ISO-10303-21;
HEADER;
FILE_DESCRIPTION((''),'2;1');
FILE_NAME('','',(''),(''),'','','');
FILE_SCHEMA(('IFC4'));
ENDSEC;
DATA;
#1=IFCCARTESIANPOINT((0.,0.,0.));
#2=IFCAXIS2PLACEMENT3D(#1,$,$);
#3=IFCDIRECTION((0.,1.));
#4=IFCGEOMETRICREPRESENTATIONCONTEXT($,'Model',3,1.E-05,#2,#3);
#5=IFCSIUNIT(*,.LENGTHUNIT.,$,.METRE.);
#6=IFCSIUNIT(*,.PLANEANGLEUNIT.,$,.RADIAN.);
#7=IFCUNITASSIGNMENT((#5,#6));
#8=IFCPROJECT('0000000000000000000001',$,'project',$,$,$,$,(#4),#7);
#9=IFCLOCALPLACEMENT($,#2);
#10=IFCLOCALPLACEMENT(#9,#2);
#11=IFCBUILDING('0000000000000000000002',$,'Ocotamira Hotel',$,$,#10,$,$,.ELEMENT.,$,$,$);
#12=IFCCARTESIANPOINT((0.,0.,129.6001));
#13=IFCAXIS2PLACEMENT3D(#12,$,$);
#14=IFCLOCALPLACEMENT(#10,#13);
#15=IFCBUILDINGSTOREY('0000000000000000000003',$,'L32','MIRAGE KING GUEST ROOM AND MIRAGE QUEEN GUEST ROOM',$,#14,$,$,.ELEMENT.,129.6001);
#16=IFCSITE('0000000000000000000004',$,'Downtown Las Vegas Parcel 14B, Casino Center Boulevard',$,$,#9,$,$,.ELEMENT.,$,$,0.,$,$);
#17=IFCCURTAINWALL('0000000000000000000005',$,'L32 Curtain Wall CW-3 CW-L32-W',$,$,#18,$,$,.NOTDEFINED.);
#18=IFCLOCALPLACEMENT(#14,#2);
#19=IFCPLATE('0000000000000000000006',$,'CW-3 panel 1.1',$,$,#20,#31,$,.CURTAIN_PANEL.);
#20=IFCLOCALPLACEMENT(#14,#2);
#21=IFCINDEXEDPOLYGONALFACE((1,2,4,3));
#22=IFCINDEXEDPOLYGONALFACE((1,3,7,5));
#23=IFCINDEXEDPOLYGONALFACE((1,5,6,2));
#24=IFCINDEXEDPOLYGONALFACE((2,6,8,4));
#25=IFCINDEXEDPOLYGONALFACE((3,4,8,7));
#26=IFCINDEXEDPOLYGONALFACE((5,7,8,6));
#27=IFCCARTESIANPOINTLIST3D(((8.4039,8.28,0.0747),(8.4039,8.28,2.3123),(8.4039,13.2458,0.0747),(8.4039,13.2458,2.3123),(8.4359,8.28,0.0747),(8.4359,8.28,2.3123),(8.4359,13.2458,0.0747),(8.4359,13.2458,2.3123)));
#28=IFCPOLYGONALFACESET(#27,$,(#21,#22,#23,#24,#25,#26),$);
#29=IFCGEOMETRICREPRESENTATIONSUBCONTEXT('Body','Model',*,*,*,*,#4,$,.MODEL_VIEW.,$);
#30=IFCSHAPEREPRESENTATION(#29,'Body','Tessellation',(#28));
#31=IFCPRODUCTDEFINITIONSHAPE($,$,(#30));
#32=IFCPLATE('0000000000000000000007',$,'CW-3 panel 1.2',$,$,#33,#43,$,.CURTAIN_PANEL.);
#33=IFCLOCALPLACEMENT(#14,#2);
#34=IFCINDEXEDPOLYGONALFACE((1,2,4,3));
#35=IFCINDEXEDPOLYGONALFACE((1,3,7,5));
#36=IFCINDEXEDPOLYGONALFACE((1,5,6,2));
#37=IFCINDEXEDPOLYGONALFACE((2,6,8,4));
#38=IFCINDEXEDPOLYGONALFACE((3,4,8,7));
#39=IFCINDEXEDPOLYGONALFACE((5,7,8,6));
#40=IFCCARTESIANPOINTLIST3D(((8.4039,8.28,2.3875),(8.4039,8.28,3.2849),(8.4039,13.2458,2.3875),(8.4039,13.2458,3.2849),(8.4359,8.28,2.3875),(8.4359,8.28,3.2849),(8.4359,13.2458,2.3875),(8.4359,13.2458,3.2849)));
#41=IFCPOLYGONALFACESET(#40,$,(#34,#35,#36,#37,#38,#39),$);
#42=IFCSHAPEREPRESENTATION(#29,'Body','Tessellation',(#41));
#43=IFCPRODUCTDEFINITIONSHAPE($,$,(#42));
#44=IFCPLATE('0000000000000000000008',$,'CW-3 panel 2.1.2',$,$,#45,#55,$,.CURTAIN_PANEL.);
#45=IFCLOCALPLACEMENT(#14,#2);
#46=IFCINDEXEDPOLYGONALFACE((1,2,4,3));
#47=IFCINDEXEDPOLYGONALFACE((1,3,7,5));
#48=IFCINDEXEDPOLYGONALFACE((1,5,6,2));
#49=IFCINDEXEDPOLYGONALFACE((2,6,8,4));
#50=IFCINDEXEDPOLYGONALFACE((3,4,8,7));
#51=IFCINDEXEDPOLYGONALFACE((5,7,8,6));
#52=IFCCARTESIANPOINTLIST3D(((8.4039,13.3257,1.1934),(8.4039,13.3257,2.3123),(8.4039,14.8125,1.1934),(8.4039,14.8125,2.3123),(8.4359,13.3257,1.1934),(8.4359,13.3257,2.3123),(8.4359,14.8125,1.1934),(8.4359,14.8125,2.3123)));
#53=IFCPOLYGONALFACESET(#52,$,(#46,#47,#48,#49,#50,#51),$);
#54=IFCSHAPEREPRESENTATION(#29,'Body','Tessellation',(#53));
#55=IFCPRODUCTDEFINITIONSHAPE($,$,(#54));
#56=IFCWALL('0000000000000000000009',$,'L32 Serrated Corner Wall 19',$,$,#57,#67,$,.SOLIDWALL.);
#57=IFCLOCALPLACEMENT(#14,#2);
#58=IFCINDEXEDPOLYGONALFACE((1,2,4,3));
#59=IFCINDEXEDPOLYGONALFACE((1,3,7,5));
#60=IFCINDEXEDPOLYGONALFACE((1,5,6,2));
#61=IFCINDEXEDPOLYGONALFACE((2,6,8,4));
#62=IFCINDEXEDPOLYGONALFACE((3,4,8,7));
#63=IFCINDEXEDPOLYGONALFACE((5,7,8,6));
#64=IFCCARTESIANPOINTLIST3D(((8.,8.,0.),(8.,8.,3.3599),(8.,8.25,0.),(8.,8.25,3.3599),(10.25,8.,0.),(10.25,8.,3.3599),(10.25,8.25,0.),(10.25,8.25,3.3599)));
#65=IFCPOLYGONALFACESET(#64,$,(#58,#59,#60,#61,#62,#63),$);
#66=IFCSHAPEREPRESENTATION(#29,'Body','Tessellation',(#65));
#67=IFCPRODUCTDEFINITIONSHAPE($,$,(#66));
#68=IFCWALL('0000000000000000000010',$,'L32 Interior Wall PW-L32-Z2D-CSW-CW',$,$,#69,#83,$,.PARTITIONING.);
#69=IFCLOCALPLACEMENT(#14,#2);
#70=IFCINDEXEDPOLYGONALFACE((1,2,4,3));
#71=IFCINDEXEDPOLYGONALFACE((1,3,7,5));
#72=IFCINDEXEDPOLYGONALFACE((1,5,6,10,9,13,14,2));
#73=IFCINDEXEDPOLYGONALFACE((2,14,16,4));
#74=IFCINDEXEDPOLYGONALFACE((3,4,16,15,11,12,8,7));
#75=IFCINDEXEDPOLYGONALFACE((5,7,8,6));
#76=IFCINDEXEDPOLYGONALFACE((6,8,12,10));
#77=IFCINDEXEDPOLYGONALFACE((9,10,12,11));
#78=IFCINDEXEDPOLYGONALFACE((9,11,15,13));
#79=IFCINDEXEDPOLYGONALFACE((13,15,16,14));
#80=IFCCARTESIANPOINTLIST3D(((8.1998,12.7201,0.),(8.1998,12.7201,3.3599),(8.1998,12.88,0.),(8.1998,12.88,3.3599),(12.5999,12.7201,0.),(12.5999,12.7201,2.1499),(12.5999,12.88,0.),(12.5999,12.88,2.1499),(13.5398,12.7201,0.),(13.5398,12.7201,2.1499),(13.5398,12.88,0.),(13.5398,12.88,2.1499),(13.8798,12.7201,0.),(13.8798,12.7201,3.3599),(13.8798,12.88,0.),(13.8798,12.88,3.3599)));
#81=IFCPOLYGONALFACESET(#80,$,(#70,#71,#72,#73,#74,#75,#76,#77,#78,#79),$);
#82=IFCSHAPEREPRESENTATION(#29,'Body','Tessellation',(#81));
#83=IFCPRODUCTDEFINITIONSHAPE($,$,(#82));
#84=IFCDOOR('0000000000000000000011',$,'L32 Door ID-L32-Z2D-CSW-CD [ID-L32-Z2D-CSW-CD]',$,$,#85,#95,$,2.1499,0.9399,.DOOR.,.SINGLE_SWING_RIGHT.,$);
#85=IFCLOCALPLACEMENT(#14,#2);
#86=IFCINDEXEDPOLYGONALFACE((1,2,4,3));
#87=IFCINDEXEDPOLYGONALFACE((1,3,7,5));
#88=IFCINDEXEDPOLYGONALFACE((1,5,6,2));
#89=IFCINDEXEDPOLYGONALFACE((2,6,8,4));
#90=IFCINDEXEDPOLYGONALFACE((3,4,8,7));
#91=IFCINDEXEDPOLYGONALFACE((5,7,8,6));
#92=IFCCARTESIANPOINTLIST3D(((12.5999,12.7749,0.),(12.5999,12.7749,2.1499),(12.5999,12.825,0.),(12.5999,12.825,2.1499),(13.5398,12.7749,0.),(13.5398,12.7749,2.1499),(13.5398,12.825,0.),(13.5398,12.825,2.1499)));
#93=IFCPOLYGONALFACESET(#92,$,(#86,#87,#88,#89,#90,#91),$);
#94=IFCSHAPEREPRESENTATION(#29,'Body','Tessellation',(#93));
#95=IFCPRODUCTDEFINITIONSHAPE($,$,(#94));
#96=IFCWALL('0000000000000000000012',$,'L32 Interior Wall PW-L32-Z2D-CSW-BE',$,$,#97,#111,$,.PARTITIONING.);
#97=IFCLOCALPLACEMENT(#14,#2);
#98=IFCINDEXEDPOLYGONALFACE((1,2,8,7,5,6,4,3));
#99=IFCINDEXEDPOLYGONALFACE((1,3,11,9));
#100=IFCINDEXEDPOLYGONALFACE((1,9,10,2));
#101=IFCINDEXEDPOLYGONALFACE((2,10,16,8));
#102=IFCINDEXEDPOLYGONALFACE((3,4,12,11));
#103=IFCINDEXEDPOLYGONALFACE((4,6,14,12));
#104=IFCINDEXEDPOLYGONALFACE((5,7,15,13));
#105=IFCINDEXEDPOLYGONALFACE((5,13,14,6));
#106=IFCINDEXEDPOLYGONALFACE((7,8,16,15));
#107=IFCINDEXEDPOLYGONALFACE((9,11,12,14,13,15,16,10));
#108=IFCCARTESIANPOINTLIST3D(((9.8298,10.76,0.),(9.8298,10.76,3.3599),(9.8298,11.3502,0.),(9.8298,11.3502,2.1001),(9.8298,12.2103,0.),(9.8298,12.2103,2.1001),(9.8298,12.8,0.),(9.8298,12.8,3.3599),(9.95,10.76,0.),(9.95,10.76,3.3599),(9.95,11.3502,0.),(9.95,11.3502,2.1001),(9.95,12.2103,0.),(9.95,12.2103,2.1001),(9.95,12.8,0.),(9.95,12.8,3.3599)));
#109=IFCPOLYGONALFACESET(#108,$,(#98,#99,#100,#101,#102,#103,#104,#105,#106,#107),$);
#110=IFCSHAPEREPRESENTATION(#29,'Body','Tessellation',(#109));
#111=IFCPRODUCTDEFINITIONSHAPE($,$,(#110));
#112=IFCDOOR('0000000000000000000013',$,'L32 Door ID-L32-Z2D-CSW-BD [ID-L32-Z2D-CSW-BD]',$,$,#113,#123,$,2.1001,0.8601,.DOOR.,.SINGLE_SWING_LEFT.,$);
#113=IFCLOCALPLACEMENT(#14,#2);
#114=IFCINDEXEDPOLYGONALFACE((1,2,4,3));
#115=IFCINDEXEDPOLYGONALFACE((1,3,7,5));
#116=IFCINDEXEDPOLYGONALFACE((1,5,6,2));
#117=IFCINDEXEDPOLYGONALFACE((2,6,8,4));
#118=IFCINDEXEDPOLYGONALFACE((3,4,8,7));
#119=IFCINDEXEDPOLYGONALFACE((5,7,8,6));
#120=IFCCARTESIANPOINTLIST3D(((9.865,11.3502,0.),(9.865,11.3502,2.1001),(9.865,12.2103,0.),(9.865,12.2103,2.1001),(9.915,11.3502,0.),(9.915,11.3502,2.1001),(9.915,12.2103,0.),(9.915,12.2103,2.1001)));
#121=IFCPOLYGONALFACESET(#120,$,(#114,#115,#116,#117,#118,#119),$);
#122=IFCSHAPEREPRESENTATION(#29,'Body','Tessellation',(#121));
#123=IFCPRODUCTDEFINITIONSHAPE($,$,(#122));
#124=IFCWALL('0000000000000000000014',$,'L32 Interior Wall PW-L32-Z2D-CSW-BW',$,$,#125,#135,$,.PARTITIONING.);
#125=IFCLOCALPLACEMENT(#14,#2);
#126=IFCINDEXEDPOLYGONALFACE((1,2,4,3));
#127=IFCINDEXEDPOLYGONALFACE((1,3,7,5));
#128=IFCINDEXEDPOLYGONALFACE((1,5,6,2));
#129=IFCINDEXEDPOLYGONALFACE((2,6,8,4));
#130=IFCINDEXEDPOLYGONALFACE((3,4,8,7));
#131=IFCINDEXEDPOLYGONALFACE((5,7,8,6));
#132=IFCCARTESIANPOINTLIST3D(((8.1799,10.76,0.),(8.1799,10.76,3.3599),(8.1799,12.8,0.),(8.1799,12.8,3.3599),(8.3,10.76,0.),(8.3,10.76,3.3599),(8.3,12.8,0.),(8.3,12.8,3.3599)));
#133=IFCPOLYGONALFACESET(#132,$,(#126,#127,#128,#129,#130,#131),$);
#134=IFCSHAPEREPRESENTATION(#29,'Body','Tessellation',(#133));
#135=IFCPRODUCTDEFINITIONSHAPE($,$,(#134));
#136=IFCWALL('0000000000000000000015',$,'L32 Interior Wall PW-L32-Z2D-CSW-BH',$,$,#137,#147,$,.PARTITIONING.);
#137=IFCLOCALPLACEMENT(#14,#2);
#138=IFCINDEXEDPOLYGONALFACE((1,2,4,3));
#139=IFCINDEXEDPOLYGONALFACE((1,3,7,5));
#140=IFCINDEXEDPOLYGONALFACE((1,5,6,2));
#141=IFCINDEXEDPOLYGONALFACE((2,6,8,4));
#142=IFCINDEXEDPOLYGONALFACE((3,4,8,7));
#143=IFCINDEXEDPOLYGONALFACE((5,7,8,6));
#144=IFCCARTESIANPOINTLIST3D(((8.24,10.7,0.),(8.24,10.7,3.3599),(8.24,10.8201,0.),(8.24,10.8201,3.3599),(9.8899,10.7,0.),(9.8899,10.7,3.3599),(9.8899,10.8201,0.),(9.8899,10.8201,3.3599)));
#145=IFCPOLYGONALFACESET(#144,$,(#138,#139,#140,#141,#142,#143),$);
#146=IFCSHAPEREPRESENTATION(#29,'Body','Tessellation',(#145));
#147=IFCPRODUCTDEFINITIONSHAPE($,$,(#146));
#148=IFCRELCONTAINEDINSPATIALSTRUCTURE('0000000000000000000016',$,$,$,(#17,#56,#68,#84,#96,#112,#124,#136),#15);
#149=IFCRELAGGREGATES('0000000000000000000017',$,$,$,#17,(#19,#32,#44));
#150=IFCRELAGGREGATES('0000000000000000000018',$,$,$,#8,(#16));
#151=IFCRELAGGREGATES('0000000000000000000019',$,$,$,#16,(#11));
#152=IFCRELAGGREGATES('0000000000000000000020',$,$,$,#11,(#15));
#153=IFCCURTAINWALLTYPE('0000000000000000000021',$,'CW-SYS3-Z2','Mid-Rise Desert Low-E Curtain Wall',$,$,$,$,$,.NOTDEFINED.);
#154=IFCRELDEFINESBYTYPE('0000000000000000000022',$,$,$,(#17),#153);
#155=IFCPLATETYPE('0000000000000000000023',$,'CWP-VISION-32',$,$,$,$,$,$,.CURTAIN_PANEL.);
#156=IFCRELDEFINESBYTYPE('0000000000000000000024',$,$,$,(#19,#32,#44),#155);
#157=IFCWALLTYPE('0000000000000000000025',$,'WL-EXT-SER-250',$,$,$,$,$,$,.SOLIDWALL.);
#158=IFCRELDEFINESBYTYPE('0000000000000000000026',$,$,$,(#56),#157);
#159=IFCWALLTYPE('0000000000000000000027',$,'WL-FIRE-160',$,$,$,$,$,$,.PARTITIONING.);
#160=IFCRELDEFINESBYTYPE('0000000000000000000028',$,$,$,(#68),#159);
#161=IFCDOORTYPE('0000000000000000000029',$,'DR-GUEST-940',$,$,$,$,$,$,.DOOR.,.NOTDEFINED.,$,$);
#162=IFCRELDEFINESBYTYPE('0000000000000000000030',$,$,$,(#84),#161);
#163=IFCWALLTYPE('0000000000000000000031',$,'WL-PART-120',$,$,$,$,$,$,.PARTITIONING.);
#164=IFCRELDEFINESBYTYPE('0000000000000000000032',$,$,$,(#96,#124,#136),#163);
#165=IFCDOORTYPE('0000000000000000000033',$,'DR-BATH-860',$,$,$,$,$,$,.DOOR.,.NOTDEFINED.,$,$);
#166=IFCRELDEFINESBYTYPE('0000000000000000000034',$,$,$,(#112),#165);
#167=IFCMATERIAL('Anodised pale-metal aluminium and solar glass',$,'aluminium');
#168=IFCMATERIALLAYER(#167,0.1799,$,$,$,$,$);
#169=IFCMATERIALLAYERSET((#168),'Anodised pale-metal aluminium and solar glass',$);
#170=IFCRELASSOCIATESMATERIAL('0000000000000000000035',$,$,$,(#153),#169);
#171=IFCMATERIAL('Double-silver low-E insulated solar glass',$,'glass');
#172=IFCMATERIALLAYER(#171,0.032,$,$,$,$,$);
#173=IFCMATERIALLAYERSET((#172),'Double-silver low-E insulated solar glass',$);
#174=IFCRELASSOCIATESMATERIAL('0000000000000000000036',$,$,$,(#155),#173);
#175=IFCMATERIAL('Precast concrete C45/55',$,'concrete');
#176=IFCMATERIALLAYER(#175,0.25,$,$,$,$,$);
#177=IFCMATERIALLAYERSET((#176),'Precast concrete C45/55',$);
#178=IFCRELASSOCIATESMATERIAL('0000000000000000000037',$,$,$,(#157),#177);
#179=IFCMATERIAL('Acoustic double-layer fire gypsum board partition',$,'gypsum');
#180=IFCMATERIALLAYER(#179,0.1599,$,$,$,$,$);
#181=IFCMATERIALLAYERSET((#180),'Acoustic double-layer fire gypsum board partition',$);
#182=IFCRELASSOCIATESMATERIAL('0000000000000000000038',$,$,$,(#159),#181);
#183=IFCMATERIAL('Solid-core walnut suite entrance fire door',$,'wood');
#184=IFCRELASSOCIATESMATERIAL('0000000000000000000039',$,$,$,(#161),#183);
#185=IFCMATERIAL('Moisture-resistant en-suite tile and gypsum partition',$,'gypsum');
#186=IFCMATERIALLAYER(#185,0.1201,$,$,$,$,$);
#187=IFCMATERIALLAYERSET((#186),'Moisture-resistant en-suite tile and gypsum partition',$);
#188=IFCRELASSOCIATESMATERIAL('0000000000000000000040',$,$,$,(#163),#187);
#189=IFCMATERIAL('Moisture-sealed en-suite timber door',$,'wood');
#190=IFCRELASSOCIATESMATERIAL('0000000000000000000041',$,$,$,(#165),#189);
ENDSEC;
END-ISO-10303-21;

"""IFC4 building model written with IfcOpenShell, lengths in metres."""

from ifc_helpers import new_model, si_unit, direction, frame, frame_2d, origin, origin_2d, place, context, subcontext, project, spatial, rectangle, extrude, source, transform, mapped, material, layer, layer_set, type_object, element, fill, aggregate, save


model = new_model("IFC4")

# Units and contexts
model_context = context("Model", 3, precision=1e-05, world=origin(), true_north=direction((0.0, 1.0)))
body_context = subcontext(model_context, "Body", "Model", "MODEL_VIEW")
ifc_project = project(units=[si_unit("LENGTHUNIT", "METRE"), si_unit("PLANEANGLEUNIT", "RADIAN")], contexts=[model_context])

# Site, building, storey
site_placement = place(None, origin())
site = spatial("IfcSite", under=ifc_project, at=site_placement, Name="Downtown Las Vegas Parcel 14B, Casino Center Boulevard", CompositionType="ELEMENT", RefElevation=0.0)
building_placement = place(site_placement, origin())
building = spatial("IfcBuilding", under=site, at=building_placement, Name="Ocotamira Hotel", CompositionType="ELEMENT")
storey_placement = place(building_placement, frame((0.0, 0.0, 129.6001)))
storey = spatial("IfcBuildingStorey", under=building, at=storey_placement, Name="L32", Description="MIRAGE KING GUEST ROOM AND MIRAGE QUEEN GUEST ROOM", CompositionType="ELEMENT", Elevation=129.6001)

# Curtain wall
ifc_material_1 = material(Name="Anodised pale-metal aluminium and solar glass", Category="aluminium")
ifc_layer_1 = layer(ifc_material_1, 0.1799)
ifc_layer_set_1 = layer_set([ifc_layer_1], Name="Anodised pale-metal aluminium and solar glass")
curtain_wall_type = type_object("IfcCurtainWallType", Name="CW-SYS3-Z2", Description="Mid-Rise Desert Low-E Curtain Wall", PredefinedType="NOTDEFINED", material=ifc_layer_set_1)
curtain_wall_placement = place(storey_placement, origin())
curtain_wall = element("IfcCurtainWall", 1, at=curtain_wall_placement, inside=storey, type_object=curtain_wall_type, Name="L32 Curtain Wall CW-3 CW-L32-W", PredefinedType="NOTDEFINED")

# Plates
ifc_material_2 = material(Name="Double-silver low-E insulated solar glass", Category="glass")
ifc_layer_2 = layer(ifc_material_2, 0.032)
ifc_layer_set_2 = layer_set([ifc_layer_2], Name="Double-silver low-E insulated solar glass")
plate_type_1 = type_object("IfcPlateType", Name="CWP-VISION-32", PredefinedType="CURTAIN_PANEL", material=ifc_layer_set_2)
shared_shape_1 = source(origin(), body_context, "Body", "SweptSolid", [
    extrude(rectangle(XDim=4.9658, YDim=0.032, at=origin_2d()), origin(), (0.0, 0.0, 1.0), 2.2375),
])
plate_1_placement = place(storey_placement, frame((8.4199, 10.7629, 0.0747), z_axis=(0.0, 0.0, 1.0), x_axis=(0.0, 1.0, 0.0)))
plate_1 = element("IfcPlate", 2, at=plate_1_placement, type_object=plate_type_1, Name="CW-3 panel 1.1", PredefinedType="CURTAIN_PANEL", context=body_context, shape_type="MappedRepresentation", body=[
    mapped(shared_shape_1, transform((0.0, 0.0, 0.0), scale=1.0)),
])
shared_shape_2 = source(origin(), body_context, "Body", "SweptSolid", [
    extrude(rectangle(XDim=4.9658, YDim=0.032, at=origin_2d()), origin(), (0.0, 0.0, 1.0), 0.8975),
])
plate_2_placement = place(storey_placement, frame((8.4199, 10.7629, 2.3875), z_axis=(0.0, 0.0, 1.0), x_axis=(0.0, 1.0, 0.0)))
plate_2 = element("IfcPlate", 3, at=plate_2_placement, type_object=plate_type_1, Name="CW-3 panel 1.2", PredefinedType="CURTAIN_PANEL", context=body_context, shape_type="MappedRepresentation", body=[
    mapped(shared_shape_2, transform((0.0, 0.0, 0.0), scale=1.0)),
])
shared_shape_3 = source(origin(), body_context, "Body", "SweptSolid", [
    extrude(rectangle(XDim=1.4868, YDim=0.032, at=origin_2d()), origin(), (0.0, 0.0, 1.0), 1.1189),
])
plate_3_placement = place(storey_placement, frame((8.4199, 14.0691, 1.1934), z_axis=(0.0, 0.0, 1.0), x_axis=(0.0, 1.0, 0.0)))
plate_3 = element("IfcPlate", 4, at=plate_3_placement, type_object=plate_type_1, Name="CW-3 panel 2.1.2", PredefinedType="CURTAIN_PANEL", context=body_context, shape_type="MappedRepresentation", body=[
    mapped(shared_shape_3, transform((0.0, 0.0, 0.0), scale=1.0)),
])
aggregate(curtain_wall, [plate_1, plate_2, plate_3])

# Wall
ifc_material_3 = material(Name="Precast concrete C45/55", Category="concrete")
ifc_layer_3 = layer(ifc_material_3, 0.25)
ifc_layer_set_3 = layer_set([ifc_layer_3], Name="Precast concrete C45/55")
wall_type_1 = type_object("IfcWallType", Name="WL-EXT-SER-250", PredefinedType="SOLIDWALL", material=ifc_layer_set_3)
wall_1_placement = place(storey_placement, frame((8.0, 8.125, 0.0), z_axis=(0.0, 0.0, 1.0), x_axis=(1.0, 0.0, 0.0)))
element("IfcWall", 5, at=wall_1_placement, inside=storey, type_object=wall_type_1, Name="L32 Serrated Corner Wall 19", PredefinedType="SOLIDWALL", context=body_context, shape_type="SweptSolid", body=[
    extrude(rectangle(XDim=2.25, YDim=0.25, at=frame_2d((1.125, 0.0))), origin(), (0.0, 0.0, 1.0), 3.3599),
])

# Walls, openings, doors
ifc_material_4 = material(Name="Acoustic double-layer fire gypsum board partition", Category="gypsum")
ifc_layer_4 = layer(ifc_material_4, 0.1599)
ifc_layer_set_4 = layer_set([ifc_layer_4], Name="Acoustic double-layer fire gypsum board partition")
wall_type_2 = type_object("IfcWallType", Name="WL-FIRE-160", PredefinedType="PARTITIONING", material=ifc_layer_set_4)
wall_2_placement = place(storey_placement, frame((8.2, 12.8, 0.0), z_axis=(0.0, 0.0, 1.0), x_axis=(1.0, 0.0, 0.0)))
wall_2 = element("IfcWall", 6, at=wall_2_placement, inside=storey, type_object=wall_type_2, Name="L32 Interior Wall PW-L32-Z2D-CSW-CW", PredefinedType="PARTITIONING", context=body_context, shape_type="SweptSolid", body=[
    extrude(rectangle(XDim=5.6799, YDim=0.1599, at=frame_2d((2.8398, 0.0))), origin(), (0.0, 0.0, 1.0), 3.3599),
])
opening_1_placement = place(wall_2_placement, frame((4.3999, 0.0, 0.0)))
opening_1 = element("IfcOpeningElement", 7, at=opening_1_placement, cuts=wall_2, PredefinedType="OPENING", context=body_context, shape_type="SweptSolid", body=[
    extrude(rectangle(XDim=0.9399, YDim=2.1499, at=frame_2d((0.47, 1.075))), frame((0.0, 0.0898, 0.0), z_axis=(0.0, -1.0, 0.0), x_axis=(1.0, 0.0, 0.0)), (0.0, 0.0, 1.0), 0.1799),
])
ifc_material_5 = material(Name="Solid-core walnut suite entrance fire door", Category="wood")
door_type_1 = type_object("IfcDoorType", Name="DR-GUEST-940", OperationType="NOTDEFINED", PredefinedType="DOOR", material=ifc_material_5)
shared_shape_4 = source(origin(), body_context, "Body", "SweptSolid", [
    extrude(rectangle(XDim=0.9399, YDim=2.1499, at=frame_2d((0.47, 1.075))), frame((0.0, 0.0249, 0.0), z_axis=(0.0, -1.0, 0.0), x_axis=(1.0, 0.0, 0.0)), (0.0, 0.0, 1.0), 0.05),
])
door_1_placement = place(opening_1_placement, origin())
door_1 = element("IfcDoor", 8, at=door_1_placement, inside=storey, type_object=door_type_1, Name="L32 Door ID-L32-Z2D-CSW-CD [ID-L32-Z2D-CSW-CD]", OperationType="SINGLE_SWING_RIGHT", OverallHeight=2.1499, OverallWidth=0.9399, PredefinedType="DOOR", context=body_context, shape_type="MappedRepresentation", body=[
    mapped(shared_shape_4, transform((0.0, 0.0, 0.0), scale=1.0)),
])
fill(opening_1, door_1)
ifc_material_6 = material(Name="Moisture-resistant en-suite tile and gypsum partition", Category="gypsum")
ifc_layer_5 = layer(ifc_material_6, 0.1201)
ifc_layer_set_5 = layer_set([ifc_layer_5], Name="Moisture-resistant en-suite tile and gypsum partition")
wall_type_3 = type_object("IfcWallType", Name="WL-PART-120", PredefinedType="PARTITIONING", material=ifc_layer_set_5)
wall_3_placement = place(storey_placement, frame((9.8899, 10.76, 0.0), z_axis=(0.0, 0.0, 1.0), x_axis=(0.0, 1.0, 0.0)))
wall_3 = element("IfcWall", 9, at=wall_3_placement, inside=storey, type_object=wall_type_3, Name="L32 Interior Wall PW-L32-Z2D-CSW-BE", PredefinedType="PARTITIONING", context=body_context, shape_type="SweptSolid", body=[
    extrude(rectangle(XDim=2.04, YDim=0.1201, at=frame_2d((1.02, 0.0))), origin(), (0.0, 0.0, 1.0), 3.3599),
])
opening_2_placement = place(wall_3_placement, frame((0.5901, 0.0, 0.0)))
opening_2 = element("IfcOpeningElement", 10, at=opening_2_placement, cuts=wall_3, PredefinedType="OPENING", context=body_context, shape_type="SweptSolid", body=[
    extrude(rectangle(XDim=0.8601, YDim=2.1001, at=frame_2d((0.4302, 1.05))), frame((0.0, 0.0701, 0.0), z_axis=(0.0, -1.0, 0.0), x_axis=(1.0, 0.0, 0.0)), (0.0, 0.0, 1.0), 0.1401),
])
ifc_material_7 = material(Name="Moisture-sealed en-suite timber door", Category="wood")
door_type_2 = type_object("IfcDoorType", Name="DR-BATH-860", OperationType="NOTDEFINED", PredefinedType="DOOR", material=ifc_material_7)
shared_shape_5 = source(origin(), body_context, "Body", "SweptSolid", [
    extrude(rectangle(XDim=0.8601, YDim=2.1001, at=frame_2d((0.4302, 1.05))), frame((0.0, 0.0249, 0.0), z_axis=(0.0, -1.0, 0.0), x_axis=(1.0, 0.0, 0.0)), (0.0, 0.0, 1.0), 0.05),
])
door_2_placement = place(opening_2_placement, origin())
door_2 = element("IfcDoor", 11, at=door_2_placement, inside=storey, type_object=door_type_2, Name="L32 Door ID-L32-Z2D-CSW-BD [ID-L32-Z2D-CSW-BD]", OperationType="SINGLE_SWING_LEFT", OverallHeight=2.1001, OverallWidth=0.8601, PredefinedType="DOOR", context=body_context, shape_type="MappedRepresentation", body=[
    mapped(shared_shape_5, transform((0.0, 0.0, 0.0), scale=1.0)),
])
fill(opening_2, door_2)

# Walls
wall_4_placement = place(storey_placement, frame((8.24, 10.76, 0.0), z_axis=(0.0, 0.0, 1.0), x_axis=(0.0, 1.0, 0.0)))
element("IfcWall", 12, at=wall_4_placement, inside=storey, type_object=wall_type_3, Name="L32 Interior Wall PW-L32-Z2D-CSW-BW", PredefinedType="PARTITIONING", context=body_context, shape_type="SweptSolid", body=[
    extrude(rectangle(XDim=2.04, YDim=0.1201, at=frame_2d((1.02, 0.0))), origin(), (0.0, 0.0, 1.0), 3.3599),
])
wall_5_placement = place(storey_placement, frame((8.24, 10.76, 0.0), z_axis=(0.0, 0.0, 1.0), x_axis=(1.0, 0.0, 0.0)))
element("IfcWall", 13, at=wall_5_placement, inside=storey, type_object=wall_type_3, Name="L32 Interior Wall PW-L32-Z2D-CSW-BH", PredefinedType="PARTITIONING", context=body_context, shape_type="SweptSolid", body=[
    extrude(rectangle(XDim=1.6499, YDim=0.1201, at=frame_2d((0.825, 0.0))), origin(), (0.0, 0.0, 1.0), 3.3599),
])

save(model, "model.ifc")
